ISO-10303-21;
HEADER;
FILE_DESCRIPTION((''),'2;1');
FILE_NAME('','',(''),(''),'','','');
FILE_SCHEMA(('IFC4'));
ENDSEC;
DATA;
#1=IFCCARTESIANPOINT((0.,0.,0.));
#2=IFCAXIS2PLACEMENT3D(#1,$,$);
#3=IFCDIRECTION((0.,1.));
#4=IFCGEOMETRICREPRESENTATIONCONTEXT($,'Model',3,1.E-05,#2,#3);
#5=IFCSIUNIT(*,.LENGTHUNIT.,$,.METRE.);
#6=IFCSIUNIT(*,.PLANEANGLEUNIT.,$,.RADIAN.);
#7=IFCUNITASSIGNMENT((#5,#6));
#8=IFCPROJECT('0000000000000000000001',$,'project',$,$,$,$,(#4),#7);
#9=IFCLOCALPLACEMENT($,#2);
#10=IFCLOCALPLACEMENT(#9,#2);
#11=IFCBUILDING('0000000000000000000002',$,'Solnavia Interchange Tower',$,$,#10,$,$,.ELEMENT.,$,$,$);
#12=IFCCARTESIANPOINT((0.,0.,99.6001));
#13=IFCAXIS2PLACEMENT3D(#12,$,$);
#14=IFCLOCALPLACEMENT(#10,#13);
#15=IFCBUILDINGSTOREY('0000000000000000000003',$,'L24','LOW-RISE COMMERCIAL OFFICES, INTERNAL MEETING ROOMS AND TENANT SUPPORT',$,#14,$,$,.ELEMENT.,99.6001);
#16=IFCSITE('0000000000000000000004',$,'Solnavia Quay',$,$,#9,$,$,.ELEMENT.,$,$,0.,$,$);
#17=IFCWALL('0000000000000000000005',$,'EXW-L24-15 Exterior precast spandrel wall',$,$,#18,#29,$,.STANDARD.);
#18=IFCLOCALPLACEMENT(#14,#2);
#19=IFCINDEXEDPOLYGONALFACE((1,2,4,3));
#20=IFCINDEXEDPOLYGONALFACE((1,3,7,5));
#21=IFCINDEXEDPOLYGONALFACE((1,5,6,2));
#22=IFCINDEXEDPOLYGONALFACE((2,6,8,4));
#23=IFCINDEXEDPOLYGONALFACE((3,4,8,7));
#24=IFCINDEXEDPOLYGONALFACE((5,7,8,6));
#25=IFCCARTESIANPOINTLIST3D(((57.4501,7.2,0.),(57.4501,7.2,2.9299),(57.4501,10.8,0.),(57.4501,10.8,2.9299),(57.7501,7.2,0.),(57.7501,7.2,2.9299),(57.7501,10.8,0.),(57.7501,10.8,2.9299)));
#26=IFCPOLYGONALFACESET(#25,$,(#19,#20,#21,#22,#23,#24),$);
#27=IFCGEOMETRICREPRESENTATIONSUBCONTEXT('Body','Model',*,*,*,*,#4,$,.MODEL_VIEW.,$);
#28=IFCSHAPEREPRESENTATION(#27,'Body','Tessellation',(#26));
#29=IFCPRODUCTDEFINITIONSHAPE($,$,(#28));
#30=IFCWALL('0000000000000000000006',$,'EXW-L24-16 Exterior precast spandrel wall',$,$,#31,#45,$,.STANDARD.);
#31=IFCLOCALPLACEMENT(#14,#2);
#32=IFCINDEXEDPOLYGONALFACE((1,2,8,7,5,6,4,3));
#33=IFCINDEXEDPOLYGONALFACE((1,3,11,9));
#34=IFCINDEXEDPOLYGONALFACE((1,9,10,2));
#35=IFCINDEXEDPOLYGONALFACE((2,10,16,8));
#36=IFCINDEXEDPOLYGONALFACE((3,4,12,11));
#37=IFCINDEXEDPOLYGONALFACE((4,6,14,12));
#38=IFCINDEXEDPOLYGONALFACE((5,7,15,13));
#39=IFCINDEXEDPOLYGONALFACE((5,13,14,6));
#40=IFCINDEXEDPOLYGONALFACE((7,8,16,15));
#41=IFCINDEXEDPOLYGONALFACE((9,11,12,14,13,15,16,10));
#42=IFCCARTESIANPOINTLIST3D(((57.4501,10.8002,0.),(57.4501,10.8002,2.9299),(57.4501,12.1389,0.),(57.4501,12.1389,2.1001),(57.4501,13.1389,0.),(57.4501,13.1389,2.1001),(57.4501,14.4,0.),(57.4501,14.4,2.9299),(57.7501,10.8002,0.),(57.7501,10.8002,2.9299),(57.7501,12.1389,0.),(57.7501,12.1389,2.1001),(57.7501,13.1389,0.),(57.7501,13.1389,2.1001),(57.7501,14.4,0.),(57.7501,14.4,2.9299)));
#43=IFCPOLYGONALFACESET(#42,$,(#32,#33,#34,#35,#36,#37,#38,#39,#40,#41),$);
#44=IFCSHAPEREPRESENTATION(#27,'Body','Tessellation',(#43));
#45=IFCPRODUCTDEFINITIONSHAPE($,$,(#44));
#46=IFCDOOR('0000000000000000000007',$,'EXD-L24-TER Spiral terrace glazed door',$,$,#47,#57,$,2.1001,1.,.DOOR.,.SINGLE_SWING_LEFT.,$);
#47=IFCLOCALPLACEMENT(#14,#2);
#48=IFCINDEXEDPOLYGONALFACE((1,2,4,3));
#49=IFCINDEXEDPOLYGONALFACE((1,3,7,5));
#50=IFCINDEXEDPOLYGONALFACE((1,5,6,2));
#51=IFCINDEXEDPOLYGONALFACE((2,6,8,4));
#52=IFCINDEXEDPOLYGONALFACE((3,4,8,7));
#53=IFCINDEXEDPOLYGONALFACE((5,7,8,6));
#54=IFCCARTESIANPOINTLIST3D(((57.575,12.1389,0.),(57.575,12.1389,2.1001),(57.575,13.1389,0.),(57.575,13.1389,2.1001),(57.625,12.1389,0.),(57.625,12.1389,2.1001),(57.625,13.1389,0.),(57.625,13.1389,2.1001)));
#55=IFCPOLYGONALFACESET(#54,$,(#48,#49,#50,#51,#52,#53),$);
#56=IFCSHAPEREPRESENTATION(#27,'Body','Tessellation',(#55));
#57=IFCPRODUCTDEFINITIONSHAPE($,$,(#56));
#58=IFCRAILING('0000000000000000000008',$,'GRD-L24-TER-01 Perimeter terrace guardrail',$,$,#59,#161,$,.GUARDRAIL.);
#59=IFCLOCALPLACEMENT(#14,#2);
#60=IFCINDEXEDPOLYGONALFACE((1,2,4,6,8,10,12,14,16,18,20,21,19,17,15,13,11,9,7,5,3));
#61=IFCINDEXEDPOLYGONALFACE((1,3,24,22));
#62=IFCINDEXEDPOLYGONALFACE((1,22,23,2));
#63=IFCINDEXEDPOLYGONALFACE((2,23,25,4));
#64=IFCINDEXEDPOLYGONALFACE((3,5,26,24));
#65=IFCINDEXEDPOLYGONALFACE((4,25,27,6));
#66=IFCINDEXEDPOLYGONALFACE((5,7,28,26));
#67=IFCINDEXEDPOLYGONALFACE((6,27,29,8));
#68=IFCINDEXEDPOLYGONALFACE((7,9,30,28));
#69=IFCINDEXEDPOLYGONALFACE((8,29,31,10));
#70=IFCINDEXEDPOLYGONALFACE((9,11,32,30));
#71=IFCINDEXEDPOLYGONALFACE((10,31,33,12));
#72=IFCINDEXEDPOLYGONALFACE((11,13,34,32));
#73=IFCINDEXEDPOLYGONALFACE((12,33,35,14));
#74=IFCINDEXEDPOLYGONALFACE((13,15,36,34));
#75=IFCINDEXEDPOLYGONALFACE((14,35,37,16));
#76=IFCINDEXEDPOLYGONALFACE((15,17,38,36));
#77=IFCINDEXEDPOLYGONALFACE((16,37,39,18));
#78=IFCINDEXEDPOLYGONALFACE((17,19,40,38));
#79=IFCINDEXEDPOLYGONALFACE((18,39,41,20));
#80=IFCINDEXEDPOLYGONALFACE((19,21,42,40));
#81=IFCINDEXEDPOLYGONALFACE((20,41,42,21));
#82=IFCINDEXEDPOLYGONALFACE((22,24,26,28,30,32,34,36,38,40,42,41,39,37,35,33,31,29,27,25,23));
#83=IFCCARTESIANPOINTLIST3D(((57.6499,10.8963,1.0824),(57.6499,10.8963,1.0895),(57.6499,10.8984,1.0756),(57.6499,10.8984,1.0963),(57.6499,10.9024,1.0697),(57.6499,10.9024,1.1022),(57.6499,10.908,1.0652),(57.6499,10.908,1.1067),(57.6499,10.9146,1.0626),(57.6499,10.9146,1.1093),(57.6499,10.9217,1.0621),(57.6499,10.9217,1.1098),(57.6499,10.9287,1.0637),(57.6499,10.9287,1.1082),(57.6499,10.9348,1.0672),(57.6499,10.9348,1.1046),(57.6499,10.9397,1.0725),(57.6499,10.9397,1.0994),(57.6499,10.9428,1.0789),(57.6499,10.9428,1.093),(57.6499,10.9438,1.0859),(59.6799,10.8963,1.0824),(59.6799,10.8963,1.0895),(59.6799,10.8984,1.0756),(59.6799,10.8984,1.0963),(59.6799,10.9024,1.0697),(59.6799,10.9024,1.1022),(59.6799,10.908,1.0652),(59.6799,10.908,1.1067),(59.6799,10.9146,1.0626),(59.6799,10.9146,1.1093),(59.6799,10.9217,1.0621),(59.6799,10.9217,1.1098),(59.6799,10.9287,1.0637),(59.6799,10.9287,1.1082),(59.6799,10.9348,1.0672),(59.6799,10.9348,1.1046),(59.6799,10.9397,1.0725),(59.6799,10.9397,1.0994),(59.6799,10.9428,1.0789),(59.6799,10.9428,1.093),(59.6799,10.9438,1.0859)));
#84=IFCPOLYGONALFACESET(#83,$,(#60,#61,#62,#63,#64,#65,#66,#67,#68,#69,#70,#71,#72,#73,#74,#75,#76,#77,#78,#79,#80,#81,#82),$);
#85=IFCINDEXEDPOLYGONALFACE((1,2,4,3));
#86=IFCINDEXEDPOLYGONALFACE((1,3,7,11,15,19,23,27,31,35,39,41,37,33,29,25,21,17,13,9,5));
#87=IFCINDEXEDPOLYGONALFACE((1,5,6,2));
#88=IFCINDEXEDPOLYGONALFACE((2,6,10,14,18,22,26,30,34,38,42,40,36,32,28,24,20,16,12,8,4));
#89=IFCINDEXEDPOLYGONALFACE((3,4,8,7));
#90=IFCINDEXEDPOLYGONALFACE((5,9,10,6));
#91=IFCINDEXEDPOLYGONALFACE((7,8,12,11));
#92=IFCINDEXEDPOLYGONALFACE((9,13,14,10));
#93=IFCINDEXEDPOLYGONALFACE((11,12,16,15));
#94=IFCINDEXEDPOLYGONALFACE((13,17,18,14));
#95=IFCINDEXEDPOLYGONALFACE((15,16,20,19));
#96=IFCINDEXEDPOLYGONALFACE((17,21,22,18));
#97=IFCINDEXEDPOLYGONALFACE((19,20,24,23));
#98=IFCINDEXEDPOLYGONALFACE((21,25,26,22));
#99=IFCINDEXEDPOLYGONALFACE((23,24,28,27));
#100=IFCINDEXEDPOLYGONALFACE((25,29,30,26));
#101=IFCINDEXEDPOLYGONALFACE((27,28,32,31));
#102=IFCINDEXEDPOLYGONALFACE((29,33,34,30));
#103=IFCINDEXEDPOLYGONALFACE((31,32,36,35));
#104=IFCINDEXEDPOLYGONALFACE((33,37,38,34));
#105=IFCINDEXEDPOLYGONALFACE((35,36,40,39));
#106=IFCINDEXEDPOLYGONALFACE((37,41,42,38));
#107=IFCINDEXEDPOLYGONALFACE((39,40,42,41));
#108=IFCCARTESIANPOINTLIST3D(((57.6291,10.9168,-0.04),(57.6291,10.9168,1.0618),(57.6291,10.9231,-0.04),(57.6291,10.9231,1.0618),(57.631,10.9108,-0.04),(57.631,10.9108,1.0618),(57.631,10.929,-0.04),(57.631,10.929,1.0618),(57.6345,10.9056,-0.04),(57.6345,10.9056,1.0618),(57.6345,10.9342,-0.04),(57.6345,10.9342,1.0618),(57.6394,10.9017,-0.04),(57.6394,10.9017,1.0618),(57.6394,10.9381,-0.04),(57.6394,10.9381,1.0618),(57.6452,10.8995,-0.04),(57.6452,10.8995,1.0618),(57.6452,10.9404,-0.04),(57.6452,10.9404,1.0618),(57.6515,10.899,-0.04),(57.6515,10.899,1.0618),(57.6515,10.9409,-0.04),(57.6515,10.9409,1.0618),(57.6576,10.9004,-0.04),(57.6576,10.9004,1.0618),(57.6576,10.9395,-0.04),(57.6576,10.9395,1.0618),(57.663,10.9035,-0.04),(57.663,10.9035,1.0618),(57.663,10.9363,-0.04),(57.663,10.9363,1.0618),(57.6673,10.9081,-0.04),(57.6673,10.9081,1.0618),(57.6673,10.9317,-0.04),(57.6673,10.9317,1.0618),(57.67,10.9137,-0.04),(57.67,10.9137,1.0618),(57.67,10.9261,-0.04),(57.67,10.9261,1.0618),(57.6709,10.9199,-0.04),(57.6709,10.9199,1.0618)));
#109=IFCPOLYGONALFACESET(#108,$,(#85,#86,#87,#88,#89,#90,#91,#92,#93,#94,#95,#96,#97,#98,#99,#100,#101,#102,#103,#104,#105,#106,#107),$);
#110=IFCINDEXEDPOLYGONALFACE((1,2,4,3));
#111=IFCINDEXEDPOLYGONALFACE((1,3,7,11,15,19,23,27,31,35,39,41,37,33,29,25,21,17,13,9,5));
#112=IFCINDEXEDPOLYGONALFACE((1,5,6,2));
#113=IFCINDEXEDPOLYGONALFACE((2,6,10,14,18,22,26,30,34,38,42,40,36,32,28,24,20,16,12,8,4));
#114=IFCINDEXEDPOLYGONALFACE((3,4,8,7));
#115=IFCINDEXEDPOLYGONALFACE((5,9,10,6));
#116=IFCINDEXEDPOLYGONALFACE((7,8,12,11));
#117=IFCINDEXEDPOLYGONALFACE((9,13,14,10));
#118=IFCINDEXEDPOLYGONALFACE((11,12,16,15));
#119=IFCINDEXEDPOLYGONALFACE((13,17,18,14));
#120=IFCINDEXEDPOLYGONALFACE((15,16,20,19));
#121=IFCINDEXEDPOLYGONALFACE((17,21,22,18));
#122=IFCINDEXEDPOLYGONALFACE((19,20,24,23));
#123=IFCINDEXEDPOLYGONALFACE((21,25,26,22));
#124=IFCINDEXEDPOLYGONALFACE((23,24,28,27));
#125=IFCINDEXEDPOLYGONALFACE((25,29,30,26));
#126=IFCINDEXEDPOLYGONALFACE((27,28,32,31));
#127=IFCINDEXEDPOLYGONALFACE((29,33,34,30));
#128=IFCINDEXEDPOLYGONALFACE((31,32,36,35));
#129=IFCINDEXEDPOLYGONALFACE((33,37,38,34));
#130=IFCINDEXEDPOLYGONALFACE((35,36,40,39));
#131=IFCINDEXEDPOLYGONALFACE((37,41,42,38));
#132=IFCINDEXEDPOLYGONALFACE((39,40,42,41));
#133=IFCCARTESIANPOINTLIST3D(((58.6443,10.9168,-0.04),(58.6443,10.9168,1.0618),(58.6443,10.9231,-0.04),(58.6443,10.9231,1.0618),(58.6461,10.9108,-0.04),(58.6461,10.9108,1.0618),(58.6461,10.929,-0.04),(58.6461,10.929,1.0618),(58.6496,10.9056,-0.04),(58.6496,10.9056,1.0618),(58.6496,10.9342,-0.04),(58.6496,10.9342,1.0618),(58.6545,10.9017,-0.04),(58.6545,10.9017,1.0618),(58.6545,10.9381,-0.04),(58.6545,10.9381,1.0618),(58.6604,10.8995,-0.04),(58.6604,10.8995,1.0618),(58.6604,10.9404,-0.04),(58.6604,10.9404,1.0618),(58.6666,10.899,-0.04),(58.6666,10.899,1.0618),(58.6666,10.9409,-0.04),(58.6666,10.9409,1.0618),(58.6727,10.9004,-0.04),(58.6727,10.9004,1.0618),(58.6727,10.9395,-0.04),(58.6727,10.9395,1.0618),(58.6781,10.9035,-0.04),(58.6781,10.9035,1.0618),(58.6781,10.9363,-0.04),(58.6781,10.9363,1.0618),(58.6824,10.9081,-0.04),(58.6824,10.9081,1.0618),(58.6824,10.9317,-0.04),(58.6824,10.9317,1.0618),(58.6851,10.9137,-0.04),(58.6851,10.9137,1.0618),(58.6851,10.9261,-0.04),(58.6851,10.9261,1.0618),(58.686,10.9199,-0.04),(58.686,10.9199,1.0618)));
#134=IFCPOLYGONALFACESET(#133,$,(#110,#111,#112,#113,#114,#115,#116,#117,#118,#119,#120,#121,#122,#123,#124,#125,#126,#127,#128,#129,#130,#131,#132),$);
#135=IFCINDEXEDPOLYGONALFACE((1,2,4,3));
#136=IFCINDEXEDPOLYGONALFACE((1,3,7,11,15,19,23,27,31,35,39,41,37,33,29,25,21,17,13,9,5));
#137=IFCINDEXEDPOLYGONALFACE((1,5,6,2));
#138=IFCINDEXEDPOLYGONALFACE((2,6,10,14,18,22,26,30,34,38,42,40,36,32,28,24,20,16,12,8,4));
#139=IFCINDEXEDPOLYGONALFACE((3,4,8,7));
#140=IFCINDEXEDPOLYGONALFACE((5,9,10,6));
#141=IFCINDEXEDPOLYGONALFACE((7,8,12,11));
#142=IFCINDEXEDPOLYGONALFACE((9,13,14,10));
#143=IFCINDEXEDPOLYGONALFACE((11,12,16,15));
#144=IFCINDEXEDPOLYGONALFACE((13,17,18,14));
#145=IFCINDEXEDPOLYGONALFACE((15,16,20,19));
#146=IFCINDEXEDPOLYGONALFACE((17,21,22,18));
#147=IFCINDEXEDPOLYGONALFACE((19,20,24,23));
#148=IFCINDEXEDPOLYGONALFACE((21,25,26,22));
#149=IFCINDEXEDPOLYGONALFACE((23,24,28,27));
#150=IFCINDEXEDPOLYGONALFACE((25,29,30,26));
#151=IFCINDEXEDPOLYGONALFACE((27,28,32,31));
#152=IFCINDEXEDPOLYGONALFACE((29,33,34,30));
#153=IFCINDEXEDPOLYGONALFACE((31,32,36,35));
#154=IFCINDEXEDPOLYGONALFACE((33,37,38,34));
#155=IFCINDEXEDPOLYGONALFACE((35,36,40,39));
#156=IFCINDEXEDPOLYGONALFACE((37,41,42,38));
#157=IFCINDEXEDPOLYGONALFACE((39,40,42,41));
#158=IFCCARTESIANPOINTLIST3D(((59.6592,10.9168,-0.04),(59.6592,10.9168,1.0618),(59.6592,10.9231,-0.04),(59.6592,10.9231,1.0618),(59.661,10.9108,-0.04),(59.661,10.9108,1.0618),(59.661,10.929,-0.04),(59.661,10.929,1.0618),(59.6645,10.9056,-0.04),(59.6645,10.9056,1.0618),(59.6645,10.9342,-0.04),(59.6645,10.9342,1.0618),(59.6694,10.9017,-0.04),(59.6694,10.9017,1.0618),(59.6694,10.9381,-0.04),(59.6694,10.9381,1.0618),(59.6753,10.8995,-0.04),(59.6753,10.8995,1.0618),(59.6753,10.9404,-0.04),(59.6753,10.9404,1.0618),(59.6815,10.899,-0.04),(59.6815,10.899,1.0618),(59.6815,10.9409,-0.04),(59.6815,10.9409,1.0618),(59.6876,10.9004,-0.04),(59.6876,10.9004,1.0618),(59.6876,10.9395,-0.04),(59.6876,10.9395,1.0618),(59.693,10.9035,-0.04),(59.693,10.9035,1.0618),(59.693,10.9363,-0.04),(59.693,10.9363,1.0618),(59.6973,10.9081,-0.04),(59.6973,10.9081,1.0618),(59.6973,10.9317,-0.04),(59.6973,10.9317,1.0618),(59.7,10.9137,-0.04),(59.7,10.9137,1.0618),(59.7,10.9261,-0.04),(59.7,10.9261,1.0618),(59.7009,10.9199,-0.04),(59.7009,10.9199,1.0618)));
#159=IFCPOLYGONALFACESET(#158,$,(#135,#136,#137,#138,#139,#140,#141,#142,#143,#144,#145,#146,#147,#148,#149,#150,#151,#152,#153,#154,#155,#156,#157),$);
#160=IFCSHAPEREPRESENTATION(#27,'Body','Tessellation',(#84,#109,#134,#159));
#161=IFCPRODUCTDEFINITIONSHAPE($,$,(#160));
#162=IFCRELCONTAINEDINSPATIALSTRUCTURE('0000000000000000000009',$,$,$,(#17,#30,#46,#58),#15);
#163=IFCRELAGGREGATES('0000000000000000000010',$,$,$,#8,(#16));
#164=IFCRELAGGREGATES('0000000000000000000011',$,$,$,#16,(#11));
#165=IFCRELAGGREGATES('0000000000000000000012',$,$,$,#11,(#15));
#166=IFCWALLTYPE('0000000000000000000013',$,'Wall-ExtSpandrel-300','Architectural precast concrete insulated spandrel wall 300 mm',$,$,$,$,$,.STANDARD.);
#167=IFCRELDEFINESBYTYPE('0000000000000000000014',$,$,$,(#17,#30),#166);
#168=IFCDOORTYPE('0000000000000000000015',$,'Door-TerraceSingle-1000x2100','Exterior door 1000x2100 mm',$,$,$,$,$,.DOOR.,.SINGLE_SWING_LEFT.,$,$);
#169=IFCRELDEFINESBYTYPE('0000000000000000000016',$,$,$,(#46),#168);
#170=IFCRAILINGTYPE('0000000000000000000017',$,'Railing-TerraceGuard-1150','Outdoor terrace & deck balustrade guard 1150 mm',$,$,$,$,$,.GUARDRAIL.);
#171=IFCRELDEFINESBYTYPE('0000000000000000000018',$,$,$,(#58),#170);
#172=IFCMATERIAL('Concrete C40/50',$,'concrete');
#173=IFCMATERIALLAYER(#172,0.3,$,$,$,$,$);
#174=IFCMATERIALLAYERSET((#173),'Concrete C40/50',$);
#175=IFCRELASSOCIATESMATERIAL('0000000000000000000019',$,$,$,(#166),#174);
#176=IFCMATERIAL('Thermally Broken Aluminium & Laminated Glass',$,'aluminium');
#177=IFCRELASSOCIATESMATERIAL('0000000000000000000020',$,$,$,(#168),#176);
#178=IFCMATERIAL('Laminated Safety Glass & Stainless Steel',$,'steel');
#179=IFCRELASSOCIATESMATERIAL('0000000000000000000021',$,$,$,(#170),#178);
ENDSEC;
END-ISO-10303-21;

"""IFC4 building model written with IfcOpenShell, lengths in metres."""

from ifc_helpers import new_model, si_unit, direction, frame, frame_2d, origin, origin_2d, place, context, subcontext, project, spatial, rectangle, circle, extrude, material, layer, layer_set, type_object, element, fill, save


model = new_model("IFC4")

# Units and contexts
model_context = context("Model", 3, precision=1e-05, world=origin(), true_north=direction((0.0, 1.0)))
body_context = subcontext(model_context, "Body", "Model", "MODEL_VIEW")
ifc_project = project(units=[si_unit("LENGTHUNIT", "METRE"), si_unit("PLANEANGLEUNIT", "RADIAN")], contexts=[model_context])

# Site, building, storey
site_placement = place(None, origin())
site = spatial("IfcSite", under=ifc_project, at=site_placement, Name="Solnavia Quay", CompositionType="ELEMENT", RefElevation=0.0)
building_placement = place(site_placement, origin())
building = spatial("IfcBuilding", under=site, at=building_placement, Name="Solnavia Interchange Tower", CompositionType="ELEMENT")
storey_placement = place(building_placement, frame((0.0, 0.0, 99.6001)))
storey = spatial("IfcBuildingStorey", under=building, at=storey_placement, Name="L24", Description="LOW-RISE COMMERCIAL OFFICES, INTERNAL MEETING ROOMS AND TENANT SUPPORT", CompositionType="ELEMENT", Elevation=99.6001)

# Wall
ifc_material_1 = material(Name="Concrete C40/50", Category="concrete")
ifc_layer_1 = layer(ifc_material_1, 0.3)
ifc_layer_set_1 = layer_set([ifc_layer_1], Name="Concrete C40/50")
wall_type_1 = type_object("IfcWallType", Name="Wall-ExtSpandrel-300", Description="Architectural precast concrete insulated spandrel wall 300 mm", PredefinedType="STANDARD", material=ifc_layer_set_1)
wall_1_placement = place(storey_placement, frame((57.6001, 10.8, 0.0), z_axis=(0.0, 0.0, 1.0), x_axis=(0.0, -1.0, 0.0)))
element("IfcWall", 1, at=wall_1_placement, inside=storey, type_object=wall_type_1, Name="EXW-L24-15 Exterior precast spandrel wall", PredefinedType="STANDARD", context=body_context, shape_type="SweptSolid", body=[
    extrude(rectangle(XDim=3.6001, YDim=0.3, at=frame_2d((1.8, 0.0))), origin(), (0.0, 0.0, 1.0), 2.9299),
])

# Wall, opening, door
wall_2_placement = place(storey_placement, frame((57.6001, 14.3999, 0.0), z_axis=(0.0, 0.0, 1.0), x_axis=(0.0, -1.0, 0.0)))
wall_2 = element("IfcWall", 2, at=wall_2_placement, inside=storey, type_object=wall_type_1, Name="EXW-L24-16 Exterior precast spandrel wall", PredefinedType="STANDARD", context=body_context, shape_type="SweptSolid", body=[
    extrude(rectangle(XDim=3.5999, YDim=0.3, at=frame_2d((1.7998, 0.0))), origin(), (0.0, 0.0, 1.0), 2.9299),
])
opening_placement = place(wall_2_placement, frame((1.261, 0.0, 0.0)))
opening = element("IfcOpeningElement", 3, at=opening_placement, cuts=wall_2, PredefinedType="OPENING", context=body_context, shape_type="SweptSolid", body=[
    extrude(rectangle(XDim=1.0, YDim=2.1001, at=frame_2d((0.5, 1.05))), frame((0.0, 0.1602, 0.0), z_axis=(0.0, -1.0, 0.0), x_axis=(1.0, 0.0, 0.0)), (0.0, 0.0, 1.0), 0.3201),
])
ifc_material_2 = material(Name="Thermally Broken Aluminium & Laminated Glass", Category="aluminium")
door_type = type_object("IfcDoorType", Name="Door-TerraceSingle-1000x2100", Description="Exterior door 1000x2100 mm", OperationType="SINGLE_SWING_LEFT", PredefinedType="DOOR", material=ifc_material_2)
door_placement = place(opening_placement, origin())
door = element("IfcDoor", 4, at=door_placement, inside=storey, type_object=door_type, Name="EXD-L24-TER Spiral terrace glazed door", OperationType="SINGLE_SWING_LEFT", OverallHeight=2.1001, OverallWidth=1.0, PredefinedType="DOOR", context=body_context, shape_type="SweptSolid", body=[
    extrude(rectangle(XDim=1.0, YDim=2.1001, at=frame_2d((0.5, 1.05))), frame((0.0, 0.0249, 0.0), z_axis=(0.0, -1.0, 0.0), x_axis=(1.0, 0.0, 0.0)), (0.0, 0.0, 1.0), 0.05),
])
fill(opening, door)

# Railing
ifc_material_3 = material(Name="Laminated Safety Glass & Stainless Steel", Category="steel")
railing_type = type_object("IfcRailingType", Name="Railing-TerraceGuard-1150", Description="Outdoor terrace & deck balustrade guard 1150 mm", PredefinedType="GUARDRAIL", material=ifc_material_3)
railing_1_placement = place(storey_placement, frame((57.6499, 10.9199, -0.04)))
element("IfcRailing", 5, at=railing_1_placement, inside=storey, type_object=railing_type, Name="GRD-L24-TER-01 Perimeter terrace guardrail", PredefinedType="GUARDRAIL", context=body_context, shape_type="SweptSolid", body=[
    extrude(circle(Radius=0.0239, at=origin_2d()), frame((0.0, 0.0, 1.126), z_axis=(1.0, 0.0, 0.0), x_axis=(0.0, 1.0, 0.0)), (0.0, 0.0, 1.0), 2.03),
    extrude(circle(Radius=0.021, at=origin_2d()), origin(), (0.0, 0.0, 1.0), 1.1018),
    extrude(circle(Radius=0.021, at=origin_2d()), frame((1.0151, 0.0, 0.0)), (0.0, 0.0, 1.0), 1.1018),
    extrude(circle(Radius=0.021, at=origin_2d()), frame((2.03, 0.0, 0.0)), (0.0, 0.0, 1.0), 1.1018),
])

save(model, "model.ifc")
